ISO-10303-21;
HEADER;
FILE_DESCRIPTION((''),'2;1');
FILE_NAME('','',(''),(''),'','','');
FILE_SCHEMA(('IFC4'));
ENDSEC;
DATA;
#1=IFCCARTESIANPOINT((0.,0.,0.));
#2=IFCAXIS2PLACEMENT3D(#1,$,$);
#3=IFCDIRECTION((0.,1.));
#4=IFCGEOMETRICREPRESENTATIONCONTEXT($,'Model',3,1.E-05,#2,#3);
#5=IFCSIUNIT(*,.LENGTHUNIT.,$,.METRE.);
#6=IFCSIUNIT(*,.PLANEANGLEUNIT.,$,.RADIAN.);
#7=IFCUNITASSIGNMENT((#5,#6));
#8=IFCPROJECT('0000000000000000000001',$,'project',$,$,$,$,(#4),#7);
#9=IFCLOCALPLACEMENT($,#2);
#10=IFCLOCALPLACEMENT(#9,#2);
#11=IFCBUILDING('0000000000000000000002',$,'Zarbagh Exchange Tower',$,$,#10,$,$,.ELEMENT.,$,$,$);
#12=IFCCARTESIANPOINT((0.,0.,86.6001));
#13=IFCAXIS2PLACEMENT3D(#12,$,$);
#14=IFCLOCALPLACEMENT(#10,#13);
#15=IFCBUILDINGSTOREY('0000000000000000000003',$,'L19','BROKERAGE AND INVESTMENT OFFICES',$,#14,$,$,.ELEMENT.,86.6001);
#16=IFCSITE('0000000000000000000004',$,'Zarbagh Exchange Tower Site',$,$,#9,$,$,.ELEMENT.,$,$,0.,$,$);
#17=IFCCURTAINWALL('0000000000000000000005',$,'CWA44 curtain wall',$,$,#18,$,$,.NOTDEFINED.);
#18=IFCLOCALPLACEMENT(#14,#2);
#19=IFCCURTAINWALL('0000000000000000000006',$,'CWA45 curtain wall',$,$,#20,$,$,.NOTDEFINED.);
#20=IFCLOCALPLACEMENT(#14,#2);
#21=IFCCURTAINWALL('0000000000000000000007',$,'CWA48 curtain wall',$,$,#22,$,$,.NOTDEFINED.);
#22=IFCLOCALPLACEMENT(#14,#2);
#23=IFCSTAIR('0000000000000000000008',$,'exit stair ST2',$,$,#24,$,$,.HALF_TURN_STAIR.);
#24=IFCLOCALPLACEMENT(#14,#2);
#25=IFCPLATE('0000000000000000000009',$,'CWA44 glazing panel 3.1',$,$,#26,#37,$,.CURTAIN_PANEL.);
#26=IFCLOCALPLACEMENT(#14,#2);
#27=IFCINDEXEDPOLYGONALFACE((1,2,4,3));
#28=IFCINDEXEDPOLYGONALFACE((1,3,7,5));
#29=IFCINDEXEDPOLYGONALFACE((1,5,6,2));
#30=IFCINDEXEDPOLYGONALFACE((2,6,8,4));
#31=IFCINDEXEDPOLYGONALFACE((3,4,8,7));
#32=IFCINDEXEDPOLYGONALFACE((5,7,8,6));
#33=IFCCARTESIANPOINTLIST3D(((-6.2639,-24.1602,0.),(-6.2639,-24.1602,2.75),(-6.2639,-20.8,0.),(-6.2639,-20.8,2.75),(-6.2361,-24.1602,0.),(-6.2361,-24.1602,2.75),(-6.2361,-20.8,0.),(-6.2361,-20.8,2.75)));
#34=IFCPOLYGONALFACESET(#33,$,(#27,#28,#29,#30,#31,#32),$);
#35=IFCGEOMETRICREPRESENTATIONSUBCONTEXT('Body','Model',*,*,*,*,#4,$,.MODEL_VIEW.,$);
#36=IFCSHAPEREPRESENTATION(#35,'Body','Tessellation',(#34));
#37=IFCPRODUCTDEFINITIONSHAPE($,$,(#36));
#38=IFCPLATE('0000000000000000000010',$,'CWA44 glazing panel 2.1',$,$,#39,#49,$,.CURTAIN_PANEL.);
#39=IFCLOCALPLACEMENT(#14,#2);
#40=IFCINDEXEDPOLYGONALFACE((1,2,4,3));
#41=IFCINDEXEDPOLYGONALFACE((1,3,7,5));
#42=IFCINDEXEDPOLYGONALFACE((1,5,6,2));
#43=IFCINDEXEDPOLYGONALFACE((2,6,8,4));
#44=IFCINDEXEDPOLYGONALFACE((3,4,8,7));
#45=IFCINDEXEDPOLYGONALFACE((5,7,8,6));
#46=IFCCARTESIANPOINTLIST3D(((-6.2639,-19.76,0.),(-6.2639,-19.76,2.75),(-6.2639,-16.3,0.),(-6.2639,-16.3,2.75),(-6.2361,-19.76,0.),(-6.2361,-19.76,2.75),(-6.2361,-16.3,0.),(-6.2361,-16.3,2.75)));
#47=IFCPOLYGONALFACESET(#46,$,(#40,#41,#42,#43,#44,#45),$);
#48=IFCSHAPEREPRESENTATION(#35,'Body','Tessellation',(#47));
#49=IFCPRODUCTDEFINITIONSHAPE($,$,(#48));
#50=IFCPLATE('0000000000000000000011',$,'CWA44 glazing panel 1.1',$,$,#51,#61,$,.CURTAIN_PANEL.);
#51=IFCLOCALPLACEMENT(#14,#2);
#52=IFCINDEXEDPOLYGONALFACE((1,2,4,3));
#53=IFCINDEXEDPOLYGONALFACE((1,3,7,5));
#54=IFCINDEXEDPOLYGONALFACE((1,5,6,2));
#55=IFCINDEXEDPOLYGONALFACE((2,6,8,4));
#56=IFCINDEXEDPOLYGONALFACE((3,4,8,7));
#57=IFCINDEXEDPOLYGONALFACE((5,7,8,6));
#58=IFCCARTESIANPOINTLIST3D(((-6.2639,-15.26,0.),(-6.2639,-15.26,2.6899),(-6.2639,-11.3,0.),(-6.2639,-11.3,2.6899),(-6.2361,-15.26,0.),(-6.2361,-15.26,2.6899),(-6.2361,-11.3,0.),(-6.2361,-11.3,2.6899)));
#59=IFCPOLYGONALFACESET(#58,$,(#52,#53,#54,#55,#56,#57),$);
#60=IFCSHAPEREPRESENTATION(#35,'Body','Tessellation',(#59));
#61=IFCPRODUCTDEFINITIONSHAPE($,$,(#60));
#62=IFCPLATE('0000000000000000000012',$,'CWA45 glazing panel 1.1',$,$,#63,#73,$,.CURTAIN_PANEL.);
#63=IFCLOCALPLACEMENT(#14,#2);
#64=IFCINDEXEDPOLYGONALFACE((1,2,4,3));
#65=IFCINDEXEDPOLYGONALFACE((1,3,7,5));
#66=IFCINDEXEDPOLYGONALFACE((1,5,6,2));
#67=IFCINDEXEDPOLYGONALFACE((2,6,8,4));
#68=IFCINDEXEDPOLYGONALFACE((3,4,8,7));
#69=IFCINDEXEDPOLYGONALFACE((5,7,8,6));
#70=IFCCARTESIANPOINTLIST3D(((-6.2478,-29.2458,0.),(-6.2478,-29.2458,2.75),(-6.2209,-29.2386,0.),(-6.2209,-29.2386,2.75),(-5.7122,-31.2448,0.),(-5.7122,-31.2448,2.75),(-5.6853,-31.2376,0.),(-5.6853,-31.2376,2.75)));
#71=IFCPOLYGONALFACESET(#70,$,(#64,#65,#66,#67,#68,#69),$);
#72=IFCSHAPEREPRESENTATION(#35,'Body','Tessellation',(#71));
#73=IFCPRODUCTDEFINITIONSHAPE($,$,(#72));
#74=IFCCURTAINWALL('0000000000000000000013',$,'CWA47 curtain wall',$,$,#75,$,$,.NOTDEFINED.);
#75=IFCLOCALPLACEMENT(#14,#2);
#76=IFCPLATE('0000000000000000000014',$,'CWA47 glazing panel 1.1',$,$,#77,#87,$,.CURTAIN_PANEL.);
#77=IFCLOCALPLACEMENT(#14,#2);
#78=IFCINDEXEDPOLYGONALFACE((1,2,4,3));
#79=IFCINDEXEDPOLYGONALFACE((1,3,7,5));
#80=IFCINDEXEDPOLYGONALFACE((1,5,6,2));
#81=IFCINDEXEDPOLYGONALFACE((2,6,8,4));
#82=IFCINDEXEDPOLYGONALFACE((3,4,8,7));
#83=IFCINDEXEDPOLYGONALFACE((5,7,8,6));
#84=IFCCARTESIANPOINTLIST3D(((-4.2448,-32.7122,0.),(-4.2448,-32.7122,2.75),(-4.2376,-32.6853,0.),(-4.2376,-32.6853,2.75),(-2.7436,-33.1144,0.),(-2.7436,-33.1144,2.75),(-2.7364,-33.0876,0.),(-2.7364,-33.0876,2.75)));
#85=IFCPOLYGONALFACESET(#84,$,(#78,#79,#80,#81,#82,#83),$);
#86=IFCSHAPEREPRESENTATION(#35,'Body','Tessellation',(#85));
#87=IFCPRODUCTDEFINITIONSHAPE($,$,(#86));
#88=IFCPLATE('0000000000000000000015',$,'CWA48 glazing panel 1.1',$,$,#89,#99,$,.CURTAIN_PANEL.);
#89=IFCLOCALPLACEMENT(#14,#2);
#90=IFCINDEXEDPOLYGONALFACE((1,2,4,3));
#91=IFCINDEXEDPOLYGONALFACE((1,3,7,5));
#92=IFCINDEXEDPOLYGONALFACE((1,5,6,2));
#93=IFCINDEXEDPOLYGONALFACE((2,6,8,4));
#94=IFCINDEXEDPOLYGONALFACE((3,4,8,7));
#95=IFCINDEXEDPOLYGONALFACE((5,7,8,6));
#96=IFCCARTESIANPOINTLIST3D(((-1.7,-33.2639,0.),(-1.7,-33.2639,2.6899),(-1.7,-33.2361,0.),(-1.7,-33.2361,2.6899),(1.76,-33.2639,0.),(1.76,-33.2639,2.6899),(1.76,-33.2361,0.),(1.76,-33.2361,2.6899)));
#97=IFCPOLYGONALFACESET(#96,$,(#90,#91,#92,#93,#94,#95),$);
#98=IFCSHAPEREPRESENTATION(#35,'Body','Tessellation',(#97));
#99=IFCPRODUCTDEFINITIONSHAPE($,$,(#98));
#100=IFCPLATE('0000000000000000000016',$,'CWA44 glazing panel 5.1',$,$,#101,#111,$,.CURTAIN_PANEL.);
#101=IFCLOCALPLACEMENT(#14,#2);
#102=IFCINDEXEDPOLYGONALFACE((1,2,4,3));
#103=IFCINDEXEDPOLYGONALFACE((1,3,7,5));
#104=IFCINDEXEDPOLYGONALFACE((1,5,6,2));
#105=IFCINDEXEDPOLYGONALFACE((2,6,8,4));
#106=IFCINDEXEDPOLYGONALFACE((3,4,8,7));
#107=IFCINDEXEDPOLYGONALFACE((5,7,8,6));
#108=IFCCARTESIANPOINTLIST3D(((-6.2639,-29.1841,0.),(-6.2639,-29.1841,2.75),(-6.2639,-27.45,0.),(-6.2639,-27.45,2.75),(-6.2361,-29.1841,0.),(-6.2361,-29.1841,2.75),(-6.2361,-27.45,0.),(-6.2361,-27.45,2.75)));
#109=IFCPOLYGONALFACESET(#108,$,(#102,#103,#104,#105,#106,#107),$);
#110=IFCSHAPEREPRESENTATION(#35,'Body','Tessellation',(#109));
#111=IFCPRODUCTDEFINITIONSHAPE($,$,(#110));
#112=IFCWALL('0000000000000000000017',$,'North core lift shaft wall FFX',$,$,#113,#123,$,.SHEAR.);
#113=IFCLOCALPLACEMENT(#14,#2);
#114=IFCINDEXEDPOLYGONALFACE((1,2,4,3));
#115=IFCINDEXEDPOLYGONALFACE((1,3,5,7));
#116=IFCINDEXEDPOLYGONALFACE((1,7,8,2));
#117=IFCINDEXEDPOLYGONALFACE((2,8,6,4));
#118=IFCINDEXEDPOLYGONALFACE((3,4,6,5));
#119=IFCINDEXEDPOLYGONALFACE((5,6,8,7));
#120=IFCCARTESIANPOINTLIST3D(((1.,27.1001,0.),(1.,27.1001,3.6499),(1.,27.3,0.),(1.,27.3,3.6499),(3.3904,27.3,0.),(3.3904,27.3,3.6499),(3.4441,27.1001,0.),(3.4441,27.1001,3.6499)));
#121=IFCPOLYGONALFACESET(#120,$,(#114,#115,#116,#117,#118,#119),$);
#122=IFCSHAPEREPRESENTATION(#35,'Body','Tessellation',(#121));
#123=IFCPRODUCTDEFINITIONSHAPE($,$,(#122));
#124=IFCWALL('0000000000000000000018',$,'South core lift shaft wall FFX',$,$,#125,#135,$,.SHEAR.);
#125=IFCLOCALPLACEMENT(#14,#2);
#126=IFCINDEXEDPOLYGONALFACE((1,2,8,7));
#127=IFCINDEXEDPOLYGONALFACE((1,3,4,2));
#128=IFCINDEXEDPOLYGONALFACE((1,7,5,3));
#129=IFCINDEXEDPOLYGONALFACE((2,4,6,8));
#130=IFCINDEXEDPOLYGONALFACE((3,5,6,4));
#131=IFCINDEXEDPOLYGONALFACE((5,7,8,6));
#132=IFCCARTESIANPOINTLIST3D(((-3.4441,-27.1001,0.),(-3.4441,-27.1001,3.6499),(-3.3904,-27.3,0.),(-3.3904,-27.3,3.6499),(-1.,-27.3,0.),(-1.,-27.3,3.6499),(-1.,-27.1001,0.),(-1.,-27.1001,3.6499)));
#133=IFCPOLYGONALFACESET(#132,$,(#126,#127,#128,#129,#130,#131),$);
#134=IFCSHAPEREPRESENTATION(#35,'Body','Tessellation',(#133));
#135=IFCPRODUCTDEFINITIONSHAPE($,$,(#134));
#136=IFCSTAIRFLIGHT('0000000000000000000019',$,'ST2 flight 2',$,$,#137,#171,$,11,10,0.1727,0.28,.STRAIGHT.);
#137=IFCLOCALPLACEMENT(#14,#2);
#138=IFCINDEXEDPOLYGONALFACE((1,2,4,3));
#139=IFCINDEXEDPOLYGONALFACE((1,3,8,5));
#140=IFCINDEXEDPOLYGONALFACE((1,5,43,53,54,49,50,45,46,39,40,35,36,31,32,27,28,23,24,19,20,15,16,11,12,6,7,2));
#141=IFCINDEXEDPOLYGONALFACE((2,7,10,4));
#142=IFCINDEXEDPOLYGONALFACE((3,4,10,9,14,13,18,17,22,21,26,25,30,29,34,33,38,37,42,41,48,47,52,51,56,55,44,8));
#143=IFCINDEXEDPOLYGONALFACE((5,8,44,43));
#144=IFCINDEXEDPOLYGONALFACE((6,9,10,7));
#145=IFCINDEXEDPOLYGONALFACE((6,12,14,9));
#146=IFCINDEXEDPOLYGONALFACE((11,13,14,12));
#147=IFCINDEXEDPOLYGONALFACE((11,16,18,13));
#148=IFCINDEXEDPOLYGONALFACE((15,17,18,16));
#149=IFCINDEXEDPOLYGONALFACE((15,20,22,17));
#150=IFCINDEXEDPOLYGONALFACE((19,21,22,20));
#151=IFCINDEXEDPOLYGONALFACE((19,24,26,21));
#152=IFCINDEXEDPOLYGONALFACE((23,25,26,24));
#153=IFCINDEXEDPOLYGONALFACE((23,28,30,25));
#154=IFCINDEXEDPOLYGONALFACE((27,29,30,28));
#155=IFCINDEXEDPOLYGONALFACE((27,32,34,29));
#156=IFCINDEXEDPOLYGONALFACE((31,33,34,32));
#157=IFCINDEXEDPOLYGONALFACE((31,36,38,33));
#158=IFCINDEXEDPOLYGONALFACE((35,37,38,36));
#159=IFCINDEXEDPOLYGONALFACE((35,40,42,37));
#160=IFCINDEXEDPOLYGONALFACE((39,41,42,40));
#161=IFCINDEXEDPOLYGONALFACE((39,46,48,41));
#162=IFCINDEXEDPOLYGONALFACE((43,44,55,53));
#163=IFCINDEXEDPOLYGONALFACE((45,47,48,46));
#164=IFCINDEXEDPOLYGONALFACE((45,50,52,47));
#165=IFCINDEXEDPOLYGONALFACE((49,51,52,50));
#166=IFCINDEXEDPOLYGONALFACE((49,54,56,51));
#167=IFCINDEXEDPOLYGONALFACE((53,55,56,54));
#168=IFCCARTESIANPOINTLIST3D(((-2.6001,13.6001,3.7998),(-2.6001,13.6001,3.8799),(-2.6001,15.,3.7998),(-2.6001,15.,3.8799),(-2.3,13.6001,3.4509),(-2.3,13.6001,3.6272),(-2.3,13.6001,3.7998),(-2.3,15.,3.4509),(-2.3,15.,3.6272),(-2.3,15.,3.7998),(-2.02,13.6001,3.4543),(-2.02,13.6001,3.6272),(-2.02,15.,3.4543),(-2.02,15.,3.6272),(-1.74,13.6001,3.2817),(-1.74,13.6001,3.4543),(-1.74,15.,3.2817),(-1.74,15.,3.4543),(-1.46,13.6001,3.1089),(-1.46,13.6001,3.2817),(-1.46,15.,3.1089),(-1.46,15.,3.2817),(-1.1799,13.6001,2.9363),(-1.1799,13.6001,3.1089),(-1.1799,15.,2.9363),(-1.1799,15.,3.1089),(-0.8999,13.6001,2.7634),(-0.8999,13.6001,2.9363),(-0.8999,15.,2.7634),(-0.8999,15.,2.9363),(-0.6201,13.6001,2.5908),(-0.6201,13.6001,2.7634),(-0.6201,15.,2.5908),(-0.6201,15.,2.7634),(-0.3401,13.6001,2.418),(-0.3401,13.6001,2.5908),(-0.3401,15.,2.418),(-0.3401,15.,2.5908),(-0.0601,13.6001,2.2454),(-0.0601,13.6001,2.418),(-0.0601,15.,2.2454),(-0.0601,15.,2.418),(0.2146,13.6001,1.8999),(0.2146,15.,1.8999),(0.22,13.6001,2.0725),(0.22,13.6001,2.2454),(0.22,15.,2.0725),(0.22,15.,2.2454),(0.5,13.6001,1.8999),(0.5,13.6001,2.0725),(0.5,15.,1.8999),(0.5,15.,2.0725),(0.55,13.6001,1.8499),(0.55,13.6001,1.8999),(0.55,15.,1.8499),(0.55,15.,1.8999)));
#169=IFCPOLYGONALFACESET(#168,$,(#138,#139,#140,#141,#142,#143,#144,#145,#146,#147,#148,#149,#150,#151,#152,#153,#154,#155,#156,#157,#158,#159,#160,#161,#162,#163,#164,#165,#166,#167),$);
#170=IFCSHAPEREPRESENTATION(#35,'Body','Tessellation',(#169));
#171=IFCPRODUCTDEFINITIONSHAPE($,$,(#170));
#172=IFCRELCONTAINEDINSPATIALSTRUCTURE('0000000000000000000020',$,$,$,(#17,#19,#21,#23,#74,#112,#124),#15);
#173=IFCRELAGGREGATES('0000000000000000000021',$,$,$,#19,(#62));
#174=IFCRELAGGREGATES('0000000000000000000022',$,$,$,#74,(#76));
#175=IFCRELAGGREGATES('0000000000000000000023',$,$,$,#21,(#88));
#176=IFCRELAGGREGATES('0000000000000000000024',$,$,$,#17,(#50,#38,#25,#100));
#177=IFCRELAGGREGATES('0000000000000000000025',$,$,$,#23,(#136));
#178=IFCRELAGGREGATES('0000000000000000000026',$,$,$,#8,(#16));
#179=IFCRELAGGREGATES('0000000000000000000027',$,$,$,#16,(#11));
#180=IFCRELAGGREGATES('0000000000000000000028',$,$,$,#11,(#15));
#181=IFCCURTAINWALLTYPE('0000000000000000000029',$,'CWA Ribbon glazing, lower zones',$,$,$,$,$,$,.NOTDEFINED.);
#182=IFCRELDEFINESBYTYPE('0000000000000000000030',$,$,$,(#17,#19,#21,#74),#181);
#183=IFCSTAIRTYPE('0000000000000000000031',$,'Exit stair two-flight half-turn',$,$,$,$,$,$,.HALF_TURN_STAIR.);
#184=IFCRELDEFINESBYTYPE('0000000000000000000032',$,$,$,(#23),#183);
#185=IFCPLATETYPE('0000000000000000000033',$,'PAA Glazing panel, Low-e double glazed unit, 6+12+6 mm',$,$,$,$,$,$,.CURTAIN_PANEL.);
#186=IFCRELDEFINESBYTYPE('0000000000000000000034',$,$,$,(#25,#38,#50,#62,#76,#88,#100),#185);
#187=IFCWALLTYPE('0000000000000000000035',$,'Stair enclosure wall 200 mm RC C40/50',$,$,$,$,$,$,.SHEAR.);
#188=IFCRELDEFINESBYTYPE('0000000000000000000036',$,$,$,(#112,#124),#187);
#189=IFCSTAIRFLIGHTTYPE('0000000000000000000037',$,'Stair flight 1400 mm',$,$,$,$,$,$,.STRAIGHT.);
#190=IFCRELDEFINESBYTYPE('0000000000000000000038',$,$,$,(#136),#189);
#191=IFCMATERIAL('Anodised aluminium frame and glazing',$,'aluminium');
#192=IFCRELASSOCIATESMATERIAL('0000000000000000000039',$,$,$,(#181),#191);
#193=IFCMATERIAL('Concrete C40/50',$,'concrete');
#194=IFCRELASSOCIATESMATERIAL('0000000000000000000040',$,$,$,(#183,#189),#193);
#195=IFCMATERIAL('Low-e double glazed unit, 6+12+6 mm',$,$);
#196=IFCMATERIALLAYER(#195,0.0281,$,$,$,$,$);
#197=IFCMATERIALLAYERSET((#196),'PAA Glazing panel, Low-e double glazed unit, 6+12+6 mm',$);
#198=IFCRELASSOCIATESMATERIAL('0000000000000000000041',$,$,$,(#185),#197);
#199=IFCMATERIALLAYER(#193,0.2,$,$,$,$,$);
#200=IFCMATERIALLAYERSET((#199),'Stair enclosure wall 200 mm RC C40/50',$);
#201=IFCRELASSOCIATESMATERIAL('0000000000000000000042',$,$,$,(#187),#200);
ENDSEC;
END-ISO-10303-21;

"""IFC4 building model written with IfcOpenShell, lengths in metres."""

from ifc_helpers import new_model, si_unit, direction, frame, origin, place, context, subcontext, project, spatial, polyline, outline, extrude, source, transform, mapped, material, layer, layer_set, type_object, element, aggregate, save


model = new_model("IFC4")

# Units and contexts
model_context = context("Model", 3, precision=1e-05, world=origin(), true_north=direction((0.0, 1.0)))
body_context = subcontext(model_context, "Body", "Model", "MODEL_VIEW")
ifc_project = project(units=[si_unit("LENGTHUNIT", "METRE"), si_unit("PLANEANGLEUNIT", "RADIAN")], contexts=[model_context])

# Site, building, storey
site_placement = place(None, origin())
site = spatial("IfcSite", under=ifc_project, at=site_placement, Name="Zarbagh Exchange Tower Site", CompositionType="ELEMENT", RefElevation=0.0)
building_placement = place(site_placement, origin())
building = spatial("IfcBuilding", under=site, at=building_placement, Name="Zarbagh Exchange Tower", CompositionType="ELEMENT")
storey_placement = place(building_placement, frame((0.0, 0.0, 86.6001)))
storey = spatial("IfcBuildingStorey", under=building, at=storey_placement, Name="L19", Description="BROKERAGE AND INVESTMENT OFFICES", CompositionType="ELEMENT", Elevation=86.6001)

# Curtain wall
ifc_material_1 = material(Name="Anodised aluminium frame and glazing", Category="aluminium")
curtain_wall_type = type_object("IfcCurtainWallType", Name="CWA Ribbon glazing, lower zones", PredefinedType="NOTDEFINED", material=ifc_material_1)
curtain_wall_1_placement = place(storey_placement, origin())
curtain_wall_1 = element("IfcCurtainWall", 1, at=curtain_wall_1_placement, inside=storey, type_object=curtain_wall_type, Name="CWA44 curtain wall", PredefinedType="NOTDEFINED")
placement = place(storey_placement, origin())

# Curtain walls
curtain_wall_2_placement = place(storey_placement, origin())
curtain_wall_2 = element("IfcCurtainWall", 2, at=curtain_wall_2_placement, inside=storey, type_object=curtain_wall_type, Name="CWA45 curtain wall", PredefinedType="NOTDEFINED")
curtain_wall_3_placement = place(storey_placement, origin())
curtain_wall_3 = element("IfcCurtainWall", 3, at=curtain_wall_3_placement, inside=storey, type_object=curtain_wall_type, Name="CWA48 curtain wall", PredefinedType="NOTDEFINED")

# Stair
ifc_material_2 = material(Name="Concrete C40/50", Category="concrete")
stair_type = type_object("IfcStairType", Name="Exit stair two-flight half-turn", PredefinedType="HALF_TURN_STAIR", material=ifc_material_2)
stair_1_placement = place(storey_placement, origin())
stair_1 = element("IfcStair", 4, at=stair_1_placement, inside=storey, type_object=stair_type, Name="exit stair ST2", PredefinedType="HALF_TURN_STAIR")

# Shared definitions
ifc_material_3 = material(Name="Low-e double glazed unit, 6+12+6 mm")
ifc_layer_1 = layer(ifc_material_3, 0.0281)
ifc_layer_set_1 = layer_set([ifc_layer_1], Name="PAA Glazing panel, Low-e double glazed unit, 6+12+6 mm")
plate_type = type_object("IfcPlateType", Name="PAA Glazing panel, Low-e double glazed unit, 6+12+6 mm", PredefinedType="CURTAIN_PANEL", material=ifc_layer_set_1)

# Plates
shared_shape_1 = source(origin(), body_context, "Body", "SweptSolid", [
    extrude(outline(polyline([(0.0, -0.0139), (3.3601, -0.0139), (3.3601, 0.0139), (0.0, 0.0139), (0.0, -0.0139)])), origin(), (0.0, 0.0, 1.0), 2.75),
])
plate_1 = element("IfcPlate", 5, at=placement, type_object=plate_type, Name="CWA44 glazing panel 3.1", PredefinedType="CURTAIN_PANEL", context=body_context, shape_type="MappedRepresentation", body=[
    mapped(shared_shape_1, transform((-6.25, -20.8, 0.0), x_axis=(0.0, -1.0, 0.0), y_axis=(1.0, 0.0, 0.0), z_axis=(0.0, 0.0, 1.0))),
])
shared_shape_2 = source(origin(), body_context, "Body", "SweptSolid", [
    extrude(outline(polyline([(0.0, -0.0139), (3.46, -0.0139), (3.46, 0.0139), (0.0, 0.0139), (0.0, -0.0139)])), origin(), (0.0, 0.0, 1.0), 2.75),
])
plate_2 = element("IfcPlate", 6, at=placement, type_object=plate_type, Name="CWA44 glazing panel 2.1", PredefinedType="CURTAIN_PANEL", context=body_context, shape_type="MappedRepresentation", body=[
    mapped(shared_shape_2, transform((-6.25, -16.3, 0.0), x_axis=(0.0, -1.0, 0.0), y_axis=(1.0, 0.0, 0.0), z_axis=(0.0, 0.0, 1.0))),
])
shared_shape_3 = source(origin(), body_context, "Body", "SweptSolid", [
    extrude(outline(polyline([(0.0, -0.0139), (3.96, -0.0139), (3.96, 0.0139), (0.0, 0.0139), (0.0, -0.0139)])), origin(), (0.0, 0.0, 1.0), 2.6899),
])
plate_3 = element("IfcPlate", 7, at=placement, type_object=plate_type, Name="CWA44 glazing panel 1.1", PredefinedType="CURTAIN_PANEL", context=body_context, shape_type="MappedRepresentation", body=[
    mapped(shared_shape_3, transform((-6.25, -11.3, 0.0), x_axis=(0.0, -1.0, 0.0), y_axis=(1.0, 0.0, 0.0), z_axis=(0.0, 0.0, 1.0))),
])
shared_shape_4 = source(origin(), body_context, "Body", "SweptSolid", [
    extrude(outline(polyline([(0.0, -0.0139), (2.0696, -0.0139), (2.0696, 0.0139), (0.0, 0.0139), (0.0, -0.0139)])), origin(), (0.0, 0.0, 1.0), 2.75),
])
plate_4 = element("IfcPlate", 8, at=placement, type_object=plate_type, Name="CWA45 glazing panel 1.1", PredefinedType="CURTAIN_PANEL", context=body_context, shape_type="MappedRepresentation", body=[
    mapped(shared_shape_4, transform((-6.2344, -29.2422, 0.0), x_axis=(0.258825, -0.965924, 0.0), y_axis=(0.965924, 0.258825, 0.0), z_axis=(0.0, 0.0, 1.0))),
])
aggregate(curtain_wall_2, [plate_4])

# Curtain wall, plate
curtain_wall_4_placement = place(storey_placement, origin())
curtain_wall_4 = element("IfcCurtainWall", 9, at=curtain_wall_4_placement, inside=storey, type_object=curtain_wall_type, Name="CWA47 curtain wall", PredefinedType="NOTDEFINED")
shared_shape_5 = source(origin(), body_context, "Body", "SweptSolid", [
    extrude(outline(polyline([(0.0, -0.0139), (1.5542, -0.0139), (1.5542, 0.0139), (0.0, 0.0139), (0.0, -0.0139)])), origin(), (0.0, 0.0, 1.0), 2.75),
])
plate_5 = element("IfcPlate", 10, at=placement, type_object=plate_type, Name="CWA47 glazing panel 1.1", PredefinedType="CURTAIN_PANEL", context=body_context, shape_type="MappedRepresentation", body=[
    mapped(shared_shape_5, transform((-4.2412, -32.6987, 0.0), x_axis=(0.965924, -0.258825, 0.0), y_axis=(0.258825, 0.965924, 0.0), z_axis=(0.0, 0.0, 1.0))),
])
aggregate(curtain_wall_4, [plate_5])

# Plates
shared_shape_6 = source(origin(), body_context, "Body", "SweptSolid", [
    extrude(outline(polyline([(0.0, -0.0139), (3.46, -0.0139), (3.46, 0.0139), (0.0, 0.0139), (0.0, -0.0139)])), origin(), (0.0, 0.0, 1.0), 2.6899),
])
plate_6 = element("IfcPlate", 11, at=placement, type_object=plate_type, Name="CWA48 glazing panel 1.1", PredefinedType="CURTAIN_PANEL", context=body_context, shape_type="MappedRepresentation", body=[
    mapped(shared_shape_6, transform((-1.7, -33.25, 0.0), x_axis=(1.0, 0.0, 0.0), y_axis=(0.0, 1.0, 0.0), z_axis=(0.0, 0.0, 1.0))),
])
aggregate(curtain_wall_3, [plate_6])
shared_shape_7 = source(origin(), body_context, "Body", "SweptSolid", [
    extrude(outline(polyline([(0.0, -0.0139), (1.7341, -0.0139), (1.7341, 0.0139), (0.0, 0.0139), (0.0, -0.0139)])), origin(), (0.0, 0.0, 1.0), 2.75),
])
plate_7 = element("IfcPlate", 12, at=placement, type_object=plate_type, Name="CWA44 glazing panel 5.1", PredefinedType="CURTAIN_PANEL", context=body_context, shape_type="MappedRepresentation", body=[
    mapped(shared_shape_7, transform((-6.25, -27.45, 0.0), x_axis=(0.0, -1.0, 0.0), y_axis=(1.0, 0.0, 0.0), z_axis=(0.0, 0.0, 1.0))),
])
aggregate(curtain_wall_1, [plate_3, plate_2, plate_1, plate_7])

# Walls
ifc_layer_2 = layer(ifc_material_2, 0.2)
ifc_layer_set_2 = layer_set([ifc_layer_2], Name="Stair enclosure wall 200 mm RC C40/50")
wall_type = type_object("IfcWallType", Name="Stair enclosure wall 200 mm RC C40/50", PredefinedType="SHEAR", material=ifc_layer_set_2)
wall_1_placement = place(storey_placement, origin())
element("IfcWall", 13, at=wall_1_placement, inside=storey, type_object=wall_type, Name="North core lift shaft wall FFX", PredefinedType="SHEAR", context=body_context, shape_type="SweptSolid", body=[
    extrude(outline(polyline([(1.0, 27.1001), (3.4441, 27.1001), (3.3904, 27.3), (1.0, 27.3), (1.0, 27.1001)])), origin(), (0.0, 0.0, 1.0), 3.6499),
])
wall_2_placement = place(storey_placement, origin())
element("IfcWall", 14, at=wall_2_placement, inside=storey, type_object=wall_type, Name="South core lift shaft wall FFX", PredefinedType="SHEAR", context=body_context, shape_type="SweptSolid", body=[
    extrude(outline(polyline([(-1.0, -27.1001), (-3.4441, -27.1001), (-3.3904, -27.3), (-1.0, -27.3), (-1.0, -27.1001)])), origin(), (0.0, 0.0, 1.0), 3.6499),
])

# Stair flight
stair_flight_type = type_object("IfcStairFlightType", Name="Stair flight 1400 mm", PredefinedType="STRAIGHT", material=ifc_material_2)
stair_flight_placement = place(storey_placement, frame((0.5, 14.3, 1.8999), z_axis=(0.0, 0.0, 1.0), x_axis=(-1.0, 0.0, 0.0)))
stair_flight = element("IfcStairFlight", 15, at=stair_flight_placement, type_object=stair_flight_type, Name="ST2 flight 2", NumberOfRisers=11, NumberOfTreads=10, PredefinedType="STRAIGHT", RiserHeight=0.1727, TreadLength=0.28, context=body_context, shape_type="SweptSolid", body=[
    extrude(outline(polyline([(-0.05, -0.05), (-0.05, 0.0), (0.0, 0.0), (0.0, 0.1726), (0.28, 0.1726), (0.28, 0.3455), (0.5601, 0.3455), (0.5601, 0.5181), (0.8401, 0.5181), (0.8401, 0.6909), (1.1201, 0.6909), (1.1201, 0.8635), (1.3999, 0.8635), (1.3999, 1.0364), (1.6799, 1.0364), (1.6799, 1.209), (1.96, 1.209), (1.96, 1.3818), (2.24, 1.3818), (2.24, 1.5544), (2.52, 1.5544), (2.52, 1.7273), (2.8, 1.7273), (2.8, 1.8999), (3.1001, 1.98), (3.1001, 1.8999), (2.8, 1.551), (0.2854, 0.0), (-0.05, -0.05)])), frame((0.0, 0.7, 0.0), z_axis=(0.0, -1.0, 0.0), x_axis=(1.0, 0.0, 0.0)), (0.0, 0.0, 1.0), 1.3999),
])
aggregate(stair_1, [stair_flight])

save(model, "model.ifc")
